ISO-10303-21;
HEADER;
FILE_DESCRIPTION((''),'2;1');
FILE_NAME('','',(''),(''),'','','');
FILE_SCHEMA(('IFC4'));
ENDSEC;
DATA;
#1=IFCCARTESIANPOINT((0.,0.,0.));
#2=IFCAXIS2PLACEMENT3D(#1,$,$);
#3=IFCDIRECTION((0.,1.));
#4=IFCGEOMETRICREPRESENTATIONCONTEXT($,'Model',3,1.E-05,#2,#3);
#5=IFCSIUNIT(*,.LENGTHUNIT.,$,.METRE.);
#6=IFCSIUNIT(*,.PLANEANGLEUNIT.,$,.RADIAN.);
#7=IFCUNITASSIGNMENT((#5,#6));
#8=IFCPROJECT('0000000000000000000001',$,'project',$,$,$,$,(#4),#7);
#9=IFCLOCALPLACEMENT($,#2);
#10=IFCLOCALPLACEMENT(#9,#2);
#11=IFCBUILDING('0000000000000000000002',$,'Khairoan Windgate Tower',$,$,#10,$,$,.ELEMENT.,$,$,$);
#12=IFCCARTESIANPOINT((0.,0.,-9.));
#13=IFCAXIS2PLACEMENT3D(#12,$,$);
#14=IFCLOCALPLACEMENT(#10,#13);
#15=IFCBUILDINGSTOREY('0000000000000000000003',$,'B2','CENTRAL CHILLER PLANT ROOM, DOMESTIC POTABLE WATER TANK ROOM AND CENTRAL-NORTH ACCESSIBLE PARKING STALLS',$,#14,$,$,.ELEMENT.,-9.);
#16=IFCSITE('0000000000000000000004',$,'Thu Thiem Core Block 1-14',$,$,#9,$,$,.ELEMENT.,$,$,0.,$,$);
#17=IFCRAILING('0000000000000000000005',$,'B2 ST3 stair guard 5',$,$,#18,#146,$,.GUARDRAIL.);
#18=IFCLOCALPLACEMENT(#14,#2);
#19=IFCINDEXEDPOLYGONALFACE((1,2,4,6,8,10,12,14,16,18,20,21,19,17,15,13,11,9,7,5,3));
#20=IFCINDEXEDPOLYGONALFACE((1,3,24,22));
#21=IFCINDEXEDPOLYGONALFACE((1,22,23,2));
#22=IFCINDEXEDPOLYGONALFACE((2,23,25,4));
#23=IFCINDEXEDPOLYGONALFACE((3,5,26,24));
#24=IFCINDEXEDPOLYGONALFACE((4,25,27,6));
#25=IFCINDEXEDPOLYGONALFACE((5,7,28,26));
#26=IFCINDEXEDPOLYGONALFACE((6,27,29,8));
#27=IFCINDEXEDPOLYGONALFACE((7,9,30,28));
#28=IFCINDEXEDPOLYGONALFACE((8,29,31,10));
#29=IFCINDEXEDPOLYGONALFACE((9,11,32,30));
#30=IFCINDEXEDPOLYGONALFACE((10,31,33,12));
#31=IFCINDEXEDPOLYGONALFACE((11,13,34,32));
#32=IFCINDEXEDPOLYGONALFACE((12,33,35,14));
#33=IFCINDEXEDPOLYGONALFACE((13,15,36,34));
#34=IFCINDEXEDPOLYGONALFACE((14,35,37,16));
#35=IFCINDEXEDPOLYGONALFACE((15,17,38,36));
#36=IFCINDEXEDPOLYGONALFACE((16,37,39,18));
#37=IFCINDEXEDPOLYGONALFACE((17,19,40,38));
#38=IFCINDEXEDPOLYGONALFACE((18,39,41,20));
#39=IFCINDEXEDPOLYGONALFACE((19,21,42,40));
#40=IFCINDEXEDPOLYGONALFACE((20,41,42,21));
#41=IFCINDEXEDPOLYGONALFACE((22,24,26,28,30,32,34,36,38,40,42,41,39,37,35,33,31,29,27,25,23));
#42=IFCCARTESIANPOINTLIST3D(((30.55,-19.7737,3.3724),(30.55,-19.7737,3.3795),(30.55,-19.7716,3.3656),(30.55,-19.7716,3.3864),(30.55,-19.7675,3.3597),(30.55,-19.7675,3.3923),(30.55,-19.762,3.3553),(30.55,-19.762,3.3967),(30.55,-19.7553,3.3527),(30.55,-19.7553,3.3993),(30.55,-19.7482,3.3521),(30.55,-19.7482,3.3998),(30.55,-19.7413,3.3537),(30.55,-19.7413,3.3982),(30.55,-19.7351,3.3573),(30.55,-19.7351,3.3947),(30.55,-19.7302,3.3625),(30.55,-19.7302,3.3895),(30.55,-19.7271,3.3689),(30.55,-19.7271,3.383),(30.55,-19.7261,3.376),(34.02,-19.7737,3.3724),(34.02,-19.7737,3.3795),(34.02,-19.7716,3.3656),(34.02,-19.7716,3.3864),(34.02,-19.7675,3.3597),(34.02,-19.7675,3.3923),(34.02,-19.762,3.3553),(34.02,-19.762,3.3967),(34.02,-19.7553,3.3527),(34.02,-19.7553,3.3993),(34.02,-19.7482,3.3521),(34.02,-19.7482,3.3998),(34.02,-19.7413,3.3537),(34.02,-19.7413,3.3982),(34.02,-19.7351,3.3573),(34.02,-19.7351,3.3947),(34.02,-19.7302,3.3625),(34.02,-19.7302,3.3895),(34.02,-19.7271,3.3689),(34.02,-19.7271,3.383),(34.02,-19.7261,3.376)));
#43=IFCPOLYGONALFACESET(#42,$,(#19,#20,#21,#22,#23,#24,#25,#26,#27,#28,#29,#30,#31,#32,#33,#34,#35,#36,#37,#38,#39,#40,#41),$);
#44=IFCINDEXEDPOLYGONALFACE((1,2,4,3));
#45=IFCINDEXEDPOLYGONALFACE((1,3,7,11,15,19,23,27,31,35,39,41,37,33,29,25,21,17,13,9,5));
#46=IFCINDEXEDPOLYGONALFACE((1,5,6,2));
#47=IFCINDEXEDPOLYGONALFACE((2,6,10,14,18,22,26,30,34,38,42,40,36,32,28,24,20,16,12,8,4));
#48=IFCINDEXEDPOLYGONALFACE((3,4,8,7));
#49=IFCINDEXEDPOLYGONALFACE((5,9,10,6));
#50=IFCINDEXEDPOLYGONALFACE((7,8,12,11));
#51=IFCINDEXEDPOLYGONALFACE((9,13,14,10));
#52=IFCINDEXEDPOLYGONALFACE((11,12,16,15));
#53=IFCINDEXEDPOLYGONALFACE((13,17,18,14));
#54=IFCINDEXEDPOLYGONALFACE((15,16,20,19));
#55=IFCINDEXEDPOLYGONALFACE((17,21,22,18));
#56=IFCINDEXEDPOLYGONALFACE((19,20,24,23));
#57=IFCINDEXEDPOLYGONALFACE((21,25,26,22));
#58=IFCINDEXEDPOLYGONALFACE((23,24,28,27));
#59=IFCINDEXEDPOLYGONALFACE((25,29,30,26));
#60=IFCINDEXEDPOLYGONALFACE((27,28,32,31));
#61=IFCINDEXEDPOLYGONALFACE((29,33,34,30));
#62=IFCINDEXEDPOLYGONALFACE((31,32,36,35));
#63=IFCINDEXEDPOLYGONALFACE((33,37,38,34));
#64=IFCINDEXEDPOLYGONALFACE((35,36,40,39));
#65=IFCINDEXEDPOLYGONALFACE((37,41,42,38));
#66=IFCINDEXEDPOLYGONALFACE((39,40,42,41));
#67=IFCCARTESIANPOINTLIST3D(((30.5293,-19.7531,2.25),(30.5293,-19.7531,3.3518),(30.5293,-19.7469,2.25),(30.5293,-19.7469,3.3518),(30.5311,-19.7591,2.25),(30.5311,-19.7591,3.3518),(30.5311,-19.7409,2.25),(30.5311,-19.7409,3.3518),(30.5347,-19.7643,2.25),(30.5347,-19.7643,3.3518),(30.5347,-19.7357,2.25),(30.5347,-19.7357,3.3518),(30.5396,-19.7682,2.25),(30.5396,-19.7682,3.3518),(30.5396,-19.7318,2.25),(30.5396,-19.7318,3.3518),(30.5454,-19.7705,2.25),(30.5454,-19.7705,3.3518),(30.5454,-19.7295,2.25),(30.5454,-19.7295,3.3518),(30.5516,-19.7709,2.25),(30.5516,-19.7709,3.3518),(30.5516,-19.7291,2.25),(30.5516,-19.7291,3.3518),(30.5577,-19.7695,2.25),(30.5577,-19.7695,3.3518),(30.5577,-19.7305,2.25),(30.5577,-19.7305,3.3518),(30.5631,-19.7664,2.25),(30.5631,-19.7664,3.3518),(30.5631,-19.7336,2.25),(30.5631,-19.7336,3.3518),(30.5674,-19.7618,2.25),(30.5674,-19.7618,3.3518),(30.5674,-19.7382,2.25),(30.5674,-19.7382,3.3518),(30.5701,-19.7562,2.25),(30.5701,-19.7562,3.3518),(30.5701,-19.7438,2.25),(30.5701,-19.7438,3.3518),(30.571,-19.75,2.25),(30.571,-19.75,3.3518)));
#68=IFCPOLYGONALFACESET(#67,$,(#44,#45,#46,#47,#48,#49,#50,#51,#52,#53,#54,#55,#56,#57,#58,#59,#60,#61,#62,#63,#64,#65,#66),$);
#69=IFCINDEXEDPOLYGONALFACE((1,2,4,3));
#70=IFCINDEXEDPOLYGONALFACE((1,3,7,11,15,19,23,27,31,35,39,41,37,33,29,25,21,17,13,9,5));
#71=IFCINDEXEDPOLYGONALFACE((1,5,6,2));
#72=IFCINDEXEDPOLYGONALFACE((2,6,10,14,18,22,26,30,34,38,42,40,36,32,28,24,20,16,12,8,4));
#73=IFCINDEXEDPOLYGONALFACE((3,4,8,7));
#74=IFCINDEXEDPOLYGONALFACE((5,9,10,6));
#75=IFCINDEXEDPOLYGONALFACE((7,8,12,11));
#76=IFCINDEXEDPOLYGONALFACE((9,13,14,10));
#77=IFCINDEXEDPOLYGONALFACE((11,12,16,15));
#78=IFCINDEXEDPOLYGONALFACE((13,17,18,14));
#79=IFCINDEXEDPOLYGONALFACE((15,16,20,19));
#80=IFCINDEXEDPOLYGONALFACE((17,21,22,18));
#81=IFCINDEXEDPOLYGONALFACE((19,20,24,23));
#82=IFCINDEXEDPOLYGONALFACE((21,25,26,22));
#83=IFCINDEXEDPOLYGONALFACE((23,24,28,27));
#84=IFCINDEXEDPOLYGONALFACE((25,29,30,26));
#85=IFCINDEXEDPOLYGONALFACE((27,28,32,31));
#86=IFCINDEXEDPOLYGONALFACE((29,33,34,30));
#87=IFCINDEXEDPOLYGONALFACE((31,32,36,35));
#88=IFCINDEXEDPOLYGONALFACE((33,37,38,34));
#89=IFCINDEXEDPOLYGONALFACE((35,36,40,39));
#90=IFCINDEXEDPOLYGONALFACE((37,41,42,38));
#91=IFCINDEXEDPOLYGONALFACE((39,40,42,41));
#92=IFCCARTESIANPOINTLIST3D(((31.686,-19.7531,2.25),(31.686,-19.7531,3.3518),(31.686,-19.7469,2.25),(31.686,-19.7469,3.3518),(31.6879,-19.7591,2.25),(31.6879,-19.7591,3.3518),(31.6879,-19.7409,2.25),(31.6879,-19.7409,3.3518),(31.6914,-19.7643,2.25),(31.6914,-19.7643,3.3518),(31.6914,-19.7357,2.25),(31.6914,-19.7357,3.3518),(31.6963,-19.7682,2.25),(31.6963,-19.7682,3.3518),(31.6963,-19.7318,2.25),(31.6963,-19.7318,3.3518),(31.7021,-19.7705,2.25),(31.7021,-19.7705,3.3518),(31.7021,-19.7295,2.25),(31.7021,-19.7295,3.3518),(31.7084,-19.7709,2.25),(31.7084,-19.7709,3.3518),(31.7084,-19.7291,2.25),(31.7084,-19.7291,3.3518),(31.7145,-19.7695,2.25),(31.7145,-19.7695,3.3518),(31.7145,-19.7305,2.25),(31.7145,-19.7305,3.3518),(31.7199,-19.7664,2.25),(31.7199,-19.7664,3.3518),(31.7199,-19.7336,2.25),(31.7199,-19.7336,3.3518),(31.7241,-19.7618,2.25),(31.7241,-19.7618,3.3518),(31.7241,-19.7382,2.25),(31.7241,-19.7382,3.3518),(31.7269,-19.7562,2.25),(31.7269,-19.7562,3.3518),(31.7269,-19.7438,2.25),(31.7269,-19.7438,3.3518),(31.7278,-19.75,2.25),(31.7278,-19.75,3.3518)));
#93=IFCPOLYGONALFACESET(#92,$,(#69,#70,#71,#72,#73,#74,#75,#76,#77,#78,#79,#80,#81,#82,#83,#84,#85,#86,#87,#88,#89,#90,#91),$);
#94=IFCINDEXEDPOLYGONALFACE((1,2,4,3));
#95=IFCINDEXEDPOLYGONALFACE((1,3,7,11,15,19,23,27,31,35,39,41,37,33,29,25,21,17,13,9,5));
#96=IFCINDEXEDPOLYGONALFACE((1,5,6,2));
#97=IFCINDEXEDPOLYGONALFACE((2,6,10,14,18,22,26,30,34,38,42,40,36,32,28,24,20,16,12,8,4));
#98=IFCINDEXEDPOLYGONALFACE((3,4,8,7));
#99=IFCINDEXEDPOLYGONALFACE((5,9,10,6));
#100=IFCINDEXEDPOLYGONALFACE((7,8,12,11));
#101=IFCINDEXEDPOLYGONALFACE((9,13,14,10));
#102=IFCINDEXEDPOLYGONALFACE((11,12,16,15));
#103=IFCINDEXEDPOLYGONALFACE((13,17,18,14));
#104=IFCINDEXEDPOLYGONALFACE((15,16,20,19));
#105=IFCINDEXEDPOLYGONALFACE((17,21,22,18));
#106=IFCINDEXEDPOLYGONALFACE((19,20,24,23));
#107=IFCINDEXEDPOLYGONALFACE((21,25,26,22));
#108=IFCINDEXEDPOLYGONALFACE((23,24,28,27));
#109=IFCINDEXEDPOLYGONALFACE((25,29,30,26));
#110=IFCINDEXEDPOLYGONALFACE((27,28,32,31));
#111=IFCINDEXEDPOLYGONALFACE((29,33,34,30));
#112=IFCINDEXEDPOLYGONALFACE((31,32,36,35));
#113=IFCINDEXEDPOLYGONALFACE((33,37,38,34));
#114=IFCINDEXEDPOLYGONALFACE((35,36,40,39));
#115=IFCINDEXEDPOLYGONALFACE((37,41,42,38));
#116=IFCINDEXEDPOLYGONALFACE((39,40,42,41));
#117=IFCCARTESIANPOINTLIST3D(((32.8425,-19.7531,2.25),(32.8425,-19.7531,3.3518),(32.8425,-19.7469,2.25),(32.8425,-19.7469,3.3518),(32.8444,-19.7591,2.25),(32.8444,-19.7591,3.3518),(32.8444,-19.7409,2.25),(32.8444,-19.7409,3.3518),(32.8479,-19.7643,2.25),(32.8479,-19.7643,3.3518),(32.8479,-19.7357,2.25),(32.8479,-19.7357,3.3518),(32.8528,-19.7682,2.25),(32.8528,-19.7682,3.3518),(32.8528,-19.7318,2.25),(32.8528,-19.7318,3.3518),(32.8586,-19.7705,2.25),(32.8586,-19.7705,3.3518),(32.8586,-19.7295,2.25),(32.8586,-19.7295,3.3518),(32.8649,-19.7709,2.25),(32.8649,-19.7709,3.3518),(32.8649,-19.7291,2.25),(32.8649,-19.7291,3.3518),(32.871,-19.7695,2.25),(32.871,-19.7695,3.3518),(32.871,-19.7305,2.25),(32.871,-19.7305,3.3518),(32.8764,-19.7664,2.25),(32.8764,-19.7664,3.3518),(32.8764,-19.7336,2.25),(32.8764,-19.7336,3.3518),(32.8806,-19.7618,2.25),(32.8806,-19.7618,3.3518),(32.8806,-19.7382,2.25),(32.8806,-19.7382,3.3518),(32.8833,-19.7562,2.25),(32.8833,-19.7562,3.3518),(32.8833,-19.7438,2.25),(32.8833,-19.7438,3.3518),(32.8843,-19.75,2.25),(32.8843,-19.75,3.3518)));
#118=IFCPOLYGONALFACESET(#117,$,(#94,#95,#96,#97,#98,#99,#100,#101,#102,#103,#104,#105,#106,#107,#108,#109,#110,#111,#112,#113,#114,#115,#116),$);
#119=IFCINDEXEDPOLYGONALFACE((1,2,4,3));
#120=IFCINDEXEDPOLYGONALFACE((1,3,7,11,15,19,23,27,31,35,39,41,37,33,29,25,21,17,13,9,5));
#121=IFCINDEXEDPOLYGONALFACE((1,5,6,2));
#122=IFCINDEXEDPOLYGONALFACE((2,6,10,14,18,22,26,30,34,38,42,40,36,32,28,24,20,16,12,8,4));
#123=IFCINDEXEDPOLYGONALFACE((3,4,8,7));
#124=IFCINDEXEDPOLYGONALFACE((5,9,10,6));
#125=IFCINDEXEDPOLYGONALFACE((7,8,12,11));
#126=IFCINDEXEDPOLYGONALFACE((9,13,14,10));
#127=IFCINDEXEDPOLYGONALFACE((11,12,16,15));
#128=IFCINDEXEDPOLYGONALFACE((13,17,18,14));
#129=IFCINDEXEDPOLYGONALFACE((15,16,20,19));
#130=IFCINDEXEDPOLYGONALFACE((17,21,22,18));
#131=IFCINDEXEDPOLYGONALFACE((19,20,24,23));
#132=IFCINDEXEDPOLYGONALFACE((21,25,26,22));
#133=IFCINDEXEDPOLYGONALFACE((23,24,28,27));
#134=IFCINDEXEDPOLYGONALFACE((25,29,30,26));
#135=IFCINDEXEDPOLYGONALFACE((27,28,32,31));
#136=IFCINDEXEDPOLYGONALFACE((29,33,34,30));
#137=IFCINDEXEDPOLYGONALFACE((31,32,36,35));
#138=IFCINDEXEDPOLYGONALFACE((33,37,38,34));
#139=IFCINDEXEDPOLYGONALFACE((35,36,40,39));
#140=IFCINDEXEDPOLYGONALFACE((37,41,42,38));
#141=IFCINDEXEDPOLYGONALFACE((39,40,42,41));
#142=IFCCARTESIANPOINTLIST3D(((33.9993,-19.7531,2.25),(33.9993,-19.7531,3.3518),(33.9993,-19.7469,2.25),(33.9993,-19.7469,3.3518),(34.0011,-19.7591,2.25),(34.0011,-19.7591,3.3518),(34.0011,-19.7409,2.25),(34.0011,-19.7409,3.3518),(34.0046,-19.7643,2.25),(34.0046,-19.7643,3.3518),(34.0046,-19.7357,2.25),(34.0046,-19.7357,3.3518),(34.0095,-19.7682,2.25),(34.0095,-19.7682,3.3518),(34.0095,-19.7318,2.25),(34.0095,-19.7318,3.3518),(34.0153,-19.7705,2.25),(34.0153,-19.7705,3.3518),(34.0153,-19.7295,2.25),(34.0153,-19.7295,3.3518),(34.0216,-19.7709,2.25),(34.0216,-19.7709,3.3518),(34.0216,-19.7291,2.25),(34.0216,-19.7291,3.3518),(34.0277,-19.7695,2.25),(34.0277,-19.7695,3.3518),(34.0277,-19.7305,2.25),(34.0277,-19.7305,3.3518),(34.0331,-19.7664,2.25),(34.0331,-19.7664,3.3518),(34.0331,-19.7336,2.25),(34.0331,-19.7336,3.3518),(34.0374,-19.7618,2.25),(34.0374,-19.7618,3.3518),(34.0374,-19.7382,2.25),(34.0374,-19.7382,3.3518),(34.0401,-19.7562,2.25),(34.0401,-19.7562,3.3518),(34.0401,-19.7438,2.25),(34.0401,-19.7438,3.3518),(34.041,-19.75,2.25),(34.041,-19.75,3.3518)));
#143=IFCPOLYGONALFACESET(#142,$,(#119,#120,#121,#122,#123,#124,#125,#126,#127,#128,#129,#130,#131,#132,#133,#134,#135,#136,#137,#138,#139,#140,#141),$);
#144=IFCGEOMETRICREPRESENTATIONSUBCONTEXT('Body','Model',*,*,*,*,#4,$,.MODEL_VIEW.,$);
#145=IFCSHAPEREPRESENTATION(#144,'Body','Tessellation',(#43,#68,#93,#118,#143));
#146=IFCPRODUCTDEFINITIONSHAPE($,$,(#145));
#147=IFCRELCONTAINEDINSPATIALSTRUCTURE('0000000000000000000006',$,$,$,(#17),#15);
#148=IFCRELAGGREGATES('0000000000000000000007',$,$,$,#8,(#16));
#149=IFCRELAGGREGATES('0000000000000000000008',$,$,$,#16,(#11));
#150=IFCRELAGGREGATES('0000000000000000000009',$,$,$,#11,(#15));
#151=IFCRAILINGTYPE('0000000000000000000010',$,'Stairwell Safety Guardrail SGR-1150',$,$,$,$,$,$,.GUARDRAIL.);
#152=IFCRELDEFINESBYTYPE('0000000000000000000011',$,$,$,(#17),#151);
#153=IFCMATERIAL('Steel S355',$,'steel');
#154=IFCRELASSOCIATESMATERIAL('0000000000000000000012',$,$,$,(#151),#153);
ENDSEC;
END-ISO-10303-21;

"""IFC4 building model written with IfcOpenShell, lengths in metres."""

from ifc_helpers import new_model, si_unit, direction, frame, origin, origin_2d, place, context, subcontext, project, spatial, circle, extrude, material, type_object, element, save


model = new_model("IFC4")

# Units and contexts
model_context = context("Model", 3, precision=1e-05, world=origin(), true_north=direction((0.0, 1.0)))
body_context = subcontext(model_context, "Body", "Model", "MODEL_VIEW")
ifc_project = project(units=[si_unit("LENGTHUNIT", "METRE"), si_unit("PLANEANGLEUNIT", "RADIAN")], contexts=[model_context])

# Site, building, storey
site_placement = place(None, origin())
site = spatial("IfcSite", under=ifc_project, at=site_placement, Name="Thu Thiem Core Block 1-14", CompositionType="ELEMENT", RefElevation=0.0)
building_placement = place(site_placement, origin())
building = spatial("IfcBuilding", under=site, at=building_placement, Name="Khairoan Windgate Tower", CompositionType="ELEMENT")
storey_placement = place(building_placement, frame((0.0, 0.0, -9.0)))
storey = spatial("IfcBuildingStorey", under=building, at=storey_placement, Name="B2", Description="CENTRAL CHILLER PLANT ROOM, DOMESTIC POTABLE WATER TANK ROOM AND CENTRAL-NORTH ACCESSIBLE PARKING STALLS", CompositionType="ELEMENT", Elevation=-9.0)

# Railing
ifc_material_1 = material(Name="Steel S355", Category="steel")
railing_type = type_object("IfcRailingType", Name="Stairwell Safety Guardrail SGR-1150", PredefinedType="GUARDRAIL", material=ifc_material_1)
railing_1_placement = place(storey_placement, frame((30.55, -19.75, 2.25)))
element("IfcRailing", 1, at=railing_1_placement, inside=storey, type_object=railing_type, Name="B2 ST3 stair guard 5", PredefinedType="GUARDRAIL", context=body_context, shape_type="SweptSolid", body=[
    extrude(circle(Radius=0.0239, at=origin_2d()), frame((0.0, 0.0, 1.126), z_axis=(1.0, 0.0, 0.0), x_axis=(0.0, 1.0, 0.0)), (0.0, 0.0, 1.0), 3.47),
    extrude(circle(Radius=0.021, at=origin_2d()), origin(), (0.0, 0.0, 1.0), 1.1018),
    extrude(circle(Radius=0.021, at=origin_2d()), frame((1.1567, 0.0, 0.0)), (0.0, 0.0, 1.0), 1.1018),
    extrude(circle(Radius=0.021, at=origin_2d()), frame((2.3132, 0.0, 0.0)), (0.0, 0.0, 1.0), 1.1018),
    extrude(circle(Radius=0.021, at=origin_2d()), frame((3.47, 0.0, 0.0)), (0.0, 0.0, 1.0), 1.1018),
])

save(model, "model.ifc")
